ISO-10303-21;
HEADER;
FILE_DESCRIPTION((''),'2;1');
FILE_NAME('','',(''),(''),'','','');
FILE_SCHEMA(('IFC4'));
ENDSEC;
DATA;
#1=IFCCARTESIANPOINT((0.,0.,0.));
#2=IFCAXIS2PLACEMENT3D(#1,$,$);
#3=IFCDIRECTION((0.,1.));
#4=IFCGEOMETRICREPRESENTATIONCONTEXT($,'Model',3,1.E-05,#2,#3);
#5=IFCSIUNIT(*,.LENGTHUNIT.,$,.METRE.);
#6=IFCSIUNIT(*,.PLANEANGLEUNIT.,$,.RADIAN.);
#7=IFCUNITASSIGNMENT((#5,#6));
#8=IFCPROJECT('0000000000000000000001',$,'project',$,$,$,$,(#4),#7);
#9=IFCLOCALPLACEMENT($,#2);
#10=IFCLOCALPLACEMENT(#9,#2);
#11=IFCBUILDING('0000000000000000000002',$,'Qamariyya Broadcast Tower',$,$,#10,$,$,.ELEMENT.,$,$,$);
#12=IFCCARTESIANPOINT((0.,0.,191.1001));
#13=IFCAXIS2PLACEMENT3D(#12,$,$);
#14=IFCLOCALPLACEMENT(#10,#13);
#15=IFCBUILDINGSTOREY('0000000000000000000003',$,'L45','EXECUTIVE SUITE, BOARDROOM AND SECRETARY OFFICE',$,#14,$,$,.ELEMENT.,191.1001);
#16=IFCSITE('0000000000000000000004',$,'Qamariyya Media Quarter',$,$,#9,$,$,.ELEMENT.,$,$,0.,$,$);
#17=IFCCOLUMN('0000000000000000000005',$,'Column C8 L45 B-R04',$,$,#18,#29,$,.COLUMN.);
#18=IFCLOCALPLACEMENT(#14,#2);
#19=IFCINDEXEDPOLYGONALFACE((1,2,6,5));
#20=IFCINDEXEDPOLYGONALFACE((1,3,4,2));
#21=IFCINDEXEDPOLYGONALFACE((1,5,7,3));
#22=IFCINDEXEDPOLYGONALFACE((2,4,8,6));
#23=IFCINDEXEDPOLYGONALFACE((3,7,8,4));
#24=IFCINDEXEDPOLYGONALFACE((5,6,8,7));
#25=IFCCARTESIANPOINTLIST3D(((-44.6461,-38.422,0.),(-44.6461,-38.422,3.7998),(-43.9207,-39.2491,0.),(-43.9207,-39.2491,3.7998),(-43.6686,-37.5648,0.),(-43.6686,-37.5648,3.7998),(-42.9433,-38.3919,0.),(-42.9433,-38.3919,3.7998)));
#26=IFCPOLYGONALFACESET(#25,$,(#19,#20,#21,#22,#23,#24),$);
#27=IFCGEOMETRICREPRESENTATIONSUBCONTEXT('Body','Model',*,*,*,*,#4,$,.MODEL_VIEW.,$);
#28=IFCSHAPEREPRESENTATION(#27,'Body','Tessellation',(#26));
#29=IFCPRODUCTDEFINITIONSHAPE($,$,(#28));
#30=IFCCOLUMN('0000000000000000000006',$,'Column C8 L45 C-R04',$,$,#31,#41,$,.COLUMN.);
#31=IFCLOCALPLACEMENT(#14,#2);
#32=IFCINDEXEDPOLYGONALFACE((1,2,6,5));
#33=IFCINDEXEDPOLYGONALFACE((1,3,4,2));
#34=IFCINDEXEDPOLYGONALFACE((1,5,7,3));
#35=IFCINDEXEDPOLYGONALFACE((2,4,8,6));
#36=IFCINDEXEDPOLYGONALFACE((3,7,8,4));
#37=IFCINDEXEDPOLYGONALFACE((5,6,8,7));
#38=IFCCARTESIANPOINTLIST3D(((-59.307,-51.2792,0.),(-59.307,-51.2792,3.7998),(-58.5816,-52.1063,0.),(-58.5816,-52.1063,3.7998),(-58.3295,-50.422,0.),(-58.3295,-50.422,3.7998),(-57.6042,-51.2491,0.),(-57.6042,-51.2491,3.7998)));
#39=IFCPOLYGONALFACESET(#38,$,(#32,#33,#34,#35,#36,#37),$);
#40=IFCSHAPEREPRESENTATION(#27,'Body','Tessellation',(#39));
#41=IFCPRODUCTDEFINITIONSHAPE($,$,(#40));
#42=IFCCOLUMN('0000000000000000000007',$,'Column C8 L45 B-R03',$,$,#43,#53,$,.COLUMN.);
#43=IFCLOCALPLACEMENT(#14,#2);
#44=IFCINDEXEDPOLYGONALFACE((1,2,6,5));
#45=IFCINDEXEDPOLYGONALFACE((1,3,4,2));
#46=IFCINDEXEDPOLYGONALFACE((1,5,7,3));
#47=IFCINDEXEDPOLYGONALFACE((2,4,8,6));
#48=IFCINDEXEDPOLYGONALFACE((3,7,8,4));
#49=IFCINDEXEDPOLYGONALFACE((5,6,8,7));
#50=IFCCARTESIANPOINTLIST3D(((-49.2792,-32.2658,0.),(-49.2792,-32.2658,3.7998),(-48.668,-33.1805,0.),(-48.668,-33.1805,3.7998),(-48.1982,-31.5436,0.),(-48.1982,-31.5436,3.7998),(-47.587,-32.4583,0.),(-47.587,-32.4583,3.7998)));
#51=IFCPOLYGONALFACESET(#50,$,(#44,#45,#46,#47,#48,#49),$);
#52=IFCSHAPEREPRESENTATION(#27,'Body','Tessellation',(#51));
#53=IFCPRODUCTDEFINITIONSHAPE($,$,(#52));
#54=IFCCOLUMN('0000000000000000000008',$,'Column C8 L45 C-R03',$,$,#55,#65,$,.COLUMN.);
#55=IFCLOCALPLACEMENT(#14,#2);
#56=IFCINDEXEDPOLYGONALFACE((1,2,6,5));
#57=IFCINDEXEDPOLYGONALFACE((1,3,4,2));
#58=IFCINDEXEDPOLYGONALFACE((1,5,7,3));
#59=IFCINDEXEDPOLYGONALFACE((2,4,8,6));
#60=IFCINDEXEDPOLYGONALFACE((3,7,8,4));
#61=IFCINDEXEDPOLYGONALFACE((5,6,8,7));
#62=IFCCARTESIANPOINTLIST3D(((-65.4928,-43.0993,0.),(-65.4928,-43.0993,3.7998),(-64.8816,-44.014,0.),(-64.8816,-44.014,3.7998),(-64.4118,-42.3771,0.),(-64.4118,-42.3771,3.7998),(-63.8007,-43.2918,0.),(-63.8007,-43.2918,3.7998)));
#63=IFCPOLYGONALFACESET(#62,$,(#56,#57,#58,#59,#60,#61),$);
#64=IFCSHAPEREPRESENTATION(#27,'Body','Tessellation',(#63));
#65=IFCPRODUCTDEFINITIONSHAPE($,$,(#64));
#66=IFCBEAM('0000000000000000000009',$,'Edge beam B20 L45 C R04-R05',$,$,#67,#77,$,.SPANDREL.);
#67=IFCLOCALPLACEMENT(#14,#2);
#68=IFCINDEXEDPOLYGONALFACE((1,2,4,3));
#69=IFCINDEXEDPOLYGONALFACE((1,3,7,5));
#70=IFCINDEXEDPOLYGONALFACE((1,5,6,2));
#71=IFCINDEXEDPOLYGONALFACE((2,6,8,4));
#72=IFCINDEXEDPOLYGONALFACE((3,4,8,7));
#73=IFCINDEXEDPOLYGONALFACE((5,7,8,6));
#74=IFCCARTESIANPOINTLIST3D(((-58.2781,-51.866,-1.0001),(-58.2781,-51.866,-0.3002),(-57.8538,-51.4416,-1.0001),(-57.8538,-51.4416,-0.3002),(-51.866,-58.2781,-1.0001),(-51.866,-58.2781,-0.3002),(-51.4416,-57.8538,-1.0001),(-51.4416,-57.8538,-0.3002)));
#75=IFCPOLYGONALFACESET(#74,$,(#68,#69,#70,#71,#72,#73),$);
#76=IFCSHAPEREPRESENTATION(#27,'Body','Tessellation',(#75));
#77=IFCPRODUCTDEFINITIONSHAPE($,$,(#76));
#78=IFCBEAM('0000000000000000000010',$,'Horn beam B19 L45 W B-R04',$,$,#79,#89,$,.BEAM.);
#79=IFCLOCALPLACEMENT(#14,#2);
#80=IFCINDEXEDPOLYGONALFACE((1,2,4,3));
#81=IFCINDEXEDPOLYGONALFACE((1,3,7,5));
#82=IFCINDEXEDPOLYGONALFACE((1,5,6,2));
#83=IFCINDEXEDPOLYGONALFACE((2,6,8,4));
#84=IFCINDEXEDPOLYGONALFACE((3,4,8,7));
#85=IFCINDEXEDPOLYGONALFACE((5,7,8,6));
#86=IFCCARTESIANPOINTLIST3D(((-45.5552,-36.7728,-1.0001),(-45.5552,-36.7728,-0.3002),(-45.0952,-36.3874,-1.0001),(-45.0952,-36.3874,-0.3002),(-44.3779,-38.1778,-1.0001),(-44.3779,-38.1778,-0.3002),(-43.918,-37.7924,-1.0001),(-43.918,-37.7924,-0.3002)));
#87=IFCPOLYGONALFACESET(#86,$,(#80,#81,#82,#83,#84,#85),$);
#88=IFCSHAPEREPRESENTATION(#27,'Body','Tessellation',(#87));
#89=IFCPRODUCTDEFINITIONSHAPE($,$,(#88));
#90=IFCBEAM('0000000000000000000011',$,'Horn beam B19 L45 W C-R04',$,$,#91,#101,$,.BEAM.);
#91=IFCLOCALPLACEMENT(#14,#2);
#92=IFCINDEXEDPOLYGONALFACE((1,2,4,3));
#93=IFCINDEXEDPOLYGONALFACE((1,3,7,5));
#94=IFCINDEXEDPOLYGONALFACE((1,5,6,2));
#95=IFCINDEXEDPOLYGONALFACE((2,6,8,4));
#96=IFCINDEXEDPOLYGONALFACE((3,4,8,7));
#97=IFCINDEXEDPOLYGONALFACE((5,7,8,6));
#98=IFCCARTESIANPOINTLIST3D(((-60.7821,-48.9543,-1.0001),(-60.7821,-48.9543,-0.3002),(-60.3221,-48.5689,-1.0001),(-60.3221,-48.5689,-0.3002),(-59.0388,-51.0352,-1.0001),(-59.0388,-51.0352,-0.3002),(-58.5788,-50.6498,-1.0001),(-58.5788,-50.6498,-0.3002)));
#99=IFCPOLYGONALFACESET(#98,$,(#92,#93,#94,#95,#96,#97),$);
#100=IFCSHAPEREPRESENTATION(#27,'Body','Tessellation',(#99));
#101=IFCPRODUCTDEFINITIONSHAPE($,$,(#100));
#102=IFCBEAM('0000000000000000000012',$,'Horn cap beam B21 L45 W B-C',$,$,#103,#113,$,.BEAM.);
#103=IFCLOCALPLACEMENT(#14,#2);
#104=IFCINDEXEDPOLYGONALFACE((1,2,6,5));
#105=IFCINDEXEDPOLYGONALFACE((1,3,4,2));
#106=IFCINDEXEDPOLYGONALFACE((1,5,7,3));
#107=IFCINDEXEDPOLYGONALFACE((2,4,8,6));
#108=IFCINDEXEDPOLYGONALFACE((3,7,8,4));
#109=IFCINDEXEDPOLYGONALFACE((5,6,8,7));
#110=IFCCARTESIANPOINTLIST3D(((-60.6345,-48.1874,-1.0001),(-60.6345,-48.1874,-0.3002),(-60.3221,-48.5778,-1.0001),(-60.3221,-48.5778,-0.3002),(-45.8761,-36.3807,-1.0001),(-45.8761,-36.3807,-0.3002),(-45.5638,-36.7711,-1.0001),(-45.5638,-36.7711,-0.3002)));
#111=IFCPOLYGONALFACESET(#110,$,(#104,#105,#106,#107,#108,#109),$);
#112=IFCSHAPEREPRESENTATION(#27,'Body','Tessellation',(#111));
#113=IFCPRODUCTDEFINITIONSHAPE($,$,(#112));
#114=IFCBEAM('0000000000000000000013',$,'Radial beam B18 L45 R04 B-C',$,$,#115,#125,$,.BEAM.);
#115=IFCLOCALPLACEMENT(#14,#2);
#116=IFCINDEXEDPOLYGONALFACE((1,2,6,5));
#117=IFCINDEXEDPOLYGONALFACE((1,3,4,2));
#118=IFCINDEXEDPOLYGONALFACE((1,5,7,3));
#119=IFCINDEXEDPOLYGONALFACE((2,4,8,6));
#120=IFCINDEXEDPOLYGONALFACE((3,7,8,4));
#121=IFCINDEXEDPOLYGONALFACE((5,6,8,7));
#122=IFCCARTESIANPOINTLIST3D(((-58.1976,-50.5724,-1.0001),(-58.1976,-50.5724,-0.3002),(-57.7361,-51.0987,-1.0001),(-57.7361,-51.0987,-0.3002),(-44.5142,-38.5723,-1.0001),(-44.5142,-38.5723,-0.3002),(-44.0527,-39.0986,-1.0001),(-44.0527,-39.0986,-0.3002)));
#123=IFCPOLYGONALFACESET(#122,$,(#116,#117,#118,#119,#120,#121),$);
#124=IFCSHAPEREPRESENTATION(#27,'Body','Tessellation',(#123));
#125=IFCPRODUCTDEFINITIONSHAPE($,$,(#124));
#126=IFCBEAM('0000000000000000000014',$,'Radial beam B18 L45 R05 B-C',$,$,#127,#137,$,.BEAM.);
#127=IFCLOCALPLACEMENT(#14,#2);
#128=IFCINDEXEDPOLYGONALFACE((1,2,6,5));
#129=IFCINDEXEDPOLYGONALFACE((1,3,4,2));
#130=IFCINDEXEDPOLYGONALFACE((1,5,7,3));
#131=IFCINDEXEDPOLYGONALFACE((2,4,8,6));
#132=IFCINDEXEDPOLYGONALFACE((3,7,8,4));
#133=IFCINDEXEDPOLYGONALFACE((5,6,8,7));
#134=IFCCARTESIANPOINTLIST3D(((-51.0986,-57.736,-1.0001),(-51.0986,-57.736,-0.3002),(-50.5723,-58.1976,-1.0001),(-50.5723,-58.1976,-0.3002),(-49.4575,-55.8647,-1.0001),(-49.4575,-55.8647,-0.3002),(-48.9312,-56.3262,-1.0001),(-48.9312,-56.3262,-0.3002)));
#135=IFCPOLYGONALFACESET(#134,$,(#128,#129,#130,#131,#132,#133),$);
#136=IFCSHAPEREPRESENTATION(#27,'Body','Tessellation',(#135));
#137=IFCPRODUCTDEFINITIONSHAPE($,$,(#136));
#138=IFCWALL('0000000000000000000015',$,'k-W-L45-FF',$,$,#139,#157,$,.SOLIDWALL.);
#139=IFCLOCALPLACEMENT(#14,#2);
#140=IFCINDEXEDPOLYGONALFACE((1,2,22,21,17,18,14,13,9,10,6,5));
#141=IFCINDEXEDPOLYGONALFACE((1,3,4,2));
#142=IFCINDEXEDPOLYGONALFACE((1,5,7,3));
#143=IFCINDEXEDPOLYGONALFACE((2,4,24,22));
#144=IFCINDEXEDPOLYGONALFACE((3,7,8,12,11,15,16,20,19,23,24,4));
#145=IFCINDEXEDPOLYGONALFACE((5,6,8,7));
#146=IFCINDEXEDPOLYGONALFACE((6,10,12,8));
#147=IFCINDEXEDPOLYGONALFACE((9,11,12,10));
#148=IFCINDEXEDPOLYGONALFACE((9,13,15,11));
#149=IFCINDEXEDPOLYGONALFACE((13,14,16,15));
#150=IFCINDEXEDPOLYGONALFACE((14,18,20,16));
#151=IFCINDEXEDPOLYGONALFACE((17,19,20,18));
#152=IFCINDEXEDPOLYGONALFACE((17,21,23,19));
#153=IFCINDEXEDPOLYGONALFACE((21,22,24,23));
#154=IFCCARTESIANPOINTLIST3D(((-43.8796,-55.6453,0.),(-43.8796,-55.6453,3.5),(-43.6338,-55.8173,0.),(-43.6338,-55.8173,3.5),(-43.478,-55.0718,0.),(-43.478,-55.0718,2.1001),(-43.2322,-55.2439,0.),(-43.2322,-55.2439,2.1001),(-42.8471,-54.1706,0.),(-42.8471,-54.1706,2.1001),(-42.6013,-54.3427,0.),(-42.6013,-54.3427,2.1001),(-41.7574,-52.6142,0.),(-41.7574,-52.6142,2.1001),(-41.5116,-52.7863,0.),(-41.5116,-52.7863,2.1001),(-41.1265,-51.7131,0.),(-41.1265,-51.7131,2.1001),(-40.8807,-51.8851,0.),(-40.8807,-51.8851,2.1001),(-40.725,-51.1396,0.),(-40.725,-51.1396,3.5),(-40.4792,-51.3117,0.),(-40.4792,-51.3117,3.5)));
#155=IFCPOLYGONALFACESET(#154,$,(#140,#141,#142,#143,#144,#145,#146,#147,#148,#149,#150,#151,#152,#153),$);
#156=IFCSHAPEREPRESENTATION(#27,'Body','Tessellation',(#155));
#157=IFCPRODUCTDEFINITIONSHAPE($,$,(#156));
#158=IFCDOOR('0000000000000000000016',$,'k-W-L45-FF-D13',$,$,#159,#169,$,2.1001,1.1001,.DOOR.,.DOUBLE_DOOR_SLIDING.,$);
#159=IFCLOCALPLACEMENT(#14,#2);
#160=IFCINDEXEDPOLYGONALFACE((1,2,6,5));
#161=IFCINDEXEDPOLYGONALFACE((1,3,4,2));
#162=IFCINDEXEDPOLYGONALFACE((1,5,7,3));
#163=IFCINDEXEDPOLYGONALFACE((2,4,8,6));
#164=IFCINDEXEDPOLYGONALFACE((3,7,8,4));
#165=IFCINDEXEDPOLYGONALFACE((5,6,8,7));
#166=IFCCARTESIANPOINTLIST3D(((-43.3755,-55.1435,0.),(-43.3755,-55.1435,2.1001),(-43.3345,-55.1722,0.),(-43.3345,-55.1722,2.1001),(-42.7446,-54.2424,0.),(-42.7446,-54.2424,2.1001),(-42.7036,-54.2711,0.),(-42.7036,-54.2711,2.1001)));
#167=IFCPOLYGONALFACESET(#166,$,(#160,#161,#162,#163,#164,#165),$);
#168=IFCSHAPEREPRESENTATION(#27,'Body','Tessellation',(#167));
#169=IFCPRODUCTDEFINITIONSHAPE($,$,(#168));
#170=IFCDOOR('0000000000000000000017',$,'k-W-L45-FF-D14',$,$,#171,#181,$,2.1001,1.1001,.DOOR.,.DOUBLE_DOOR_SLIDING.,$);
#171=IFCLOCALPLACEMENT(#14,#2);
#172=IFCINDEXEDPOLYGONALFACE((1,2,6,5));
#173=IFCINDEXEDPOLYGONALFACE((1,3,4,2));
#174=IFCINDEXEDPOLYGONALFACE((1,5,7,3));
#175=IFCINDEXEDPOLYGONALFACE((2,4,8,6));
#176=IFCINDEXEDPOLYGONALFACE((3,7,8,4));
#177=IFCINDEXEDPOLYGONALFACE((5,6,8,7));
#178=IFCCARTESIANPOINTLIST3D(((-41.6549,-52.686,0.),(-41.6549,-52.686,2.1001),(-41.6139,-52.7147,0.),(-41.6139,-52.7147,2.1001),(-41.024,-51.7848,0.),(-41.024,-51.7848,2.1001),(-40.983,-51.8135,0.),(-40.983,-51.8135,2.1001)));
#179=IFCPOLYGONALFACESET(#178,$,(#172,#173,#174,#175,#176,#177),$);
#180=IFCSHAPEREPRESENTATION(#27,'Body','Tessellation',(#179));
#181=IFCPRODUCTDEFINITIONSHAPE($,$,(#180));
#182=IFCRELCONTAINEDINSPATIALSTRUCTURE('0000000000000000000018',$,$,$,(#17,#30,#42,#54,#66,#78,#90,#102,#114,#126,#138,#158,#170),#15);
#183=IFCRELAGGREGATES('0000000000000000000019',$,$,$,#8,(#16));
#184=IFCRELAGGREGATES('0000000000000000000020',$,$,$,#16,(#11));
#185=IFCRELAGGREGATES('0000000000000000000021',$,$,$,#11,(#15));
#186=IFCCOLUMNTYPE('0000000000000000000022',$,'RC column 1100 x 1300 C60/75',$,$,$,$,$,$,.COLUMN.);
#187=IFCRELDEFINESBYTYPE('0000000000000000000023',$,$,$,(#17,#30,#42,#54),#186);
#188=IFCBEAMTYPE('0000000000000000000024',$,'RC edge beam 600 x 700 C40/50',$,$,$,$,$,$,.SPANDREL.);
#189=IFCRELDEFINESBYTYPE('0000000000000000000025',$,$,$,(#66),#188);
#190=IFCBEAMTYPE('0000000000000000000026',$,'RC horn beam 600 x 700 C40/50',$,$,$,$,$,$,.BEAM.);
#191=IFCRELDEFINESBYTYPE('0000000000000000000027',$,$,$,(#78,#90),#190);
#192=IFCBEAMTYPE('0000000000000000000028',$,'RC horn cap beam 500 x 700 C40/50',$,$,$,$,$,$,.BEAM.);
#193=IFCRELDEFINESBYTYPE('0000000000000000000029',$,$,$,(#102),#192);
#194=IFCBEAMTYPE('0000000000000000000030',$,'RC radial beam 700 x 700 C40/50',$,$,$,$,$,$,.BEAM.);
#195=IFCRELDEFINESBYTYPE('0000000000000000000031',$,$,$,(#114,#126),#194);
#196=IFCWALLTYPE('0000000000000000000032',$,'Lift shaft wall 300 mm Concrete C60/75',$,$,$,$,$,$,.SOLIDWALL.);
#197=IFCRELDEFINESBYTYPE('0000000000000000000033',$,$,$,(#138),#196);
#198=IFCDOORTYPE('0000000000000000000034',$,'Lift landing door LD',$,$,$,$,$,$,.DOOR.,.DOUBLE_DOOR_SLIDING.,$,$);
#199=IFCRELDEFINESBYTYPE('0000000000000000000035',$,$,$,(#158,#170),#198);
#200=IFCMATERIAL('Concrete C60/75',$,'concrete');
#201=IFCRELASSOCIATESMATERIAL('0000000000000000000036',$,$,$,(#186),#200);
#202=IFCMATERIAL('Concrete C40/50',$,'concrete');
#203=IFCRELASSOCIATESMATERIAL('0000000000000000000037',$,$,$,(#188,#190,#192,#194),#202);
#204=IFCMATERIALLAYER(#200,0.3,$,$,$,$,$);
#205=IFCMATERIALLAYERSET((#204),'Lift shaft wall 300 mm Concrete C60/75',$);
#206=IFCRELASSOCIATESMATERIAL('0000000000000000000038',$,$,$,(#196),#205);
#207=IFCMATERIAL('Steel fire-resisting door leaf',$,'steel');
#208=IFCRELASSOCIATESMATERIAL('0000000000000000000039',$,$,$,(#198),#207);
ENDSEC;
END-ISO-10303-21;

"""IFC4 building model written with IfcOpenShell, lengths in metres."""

from ifc_helpers import new_model, si_unit, direction, frame, frame_2d, origin, origin_2d, place, context, subcontext, project, spatial, rectangle, extrude, material, layer, layer_set, material_profile, profile_set, type_object, element, fill, save


model = new_model("IFC4")

# Units and contexts
model_context = context("Model", 3, precision=1e-05, world=origin(), true_north=direction((0.0, 1.0)))
body_context = subcontext(model_context, "Body", "Model", "MODEL_VIEW")
ifc_project = project(units=[si_unit("LENGTHUNIT", "METRE"), si_unit("PLANEANGLEUNIT", "RADIAN")], contexts=[model_context])

# Site, building, storey
site_placement = place(None, origin())
site = spatial("IfcSite", under=ifc_project, at=site_placement, Name="Qamariyya Media Quarter", CompositionType="ELEMENT", RefElevation=0.0)
building_placement = place(site_placement, origin())
building = spatial("IfcBuilding", under=site, at=building_placement, Name="Qamariyya Broadcast Tower", CompositionType="ELEMENT")
storey_placement = place(building_placement, frame((0.0, 0.0, 191.1001)))
storey = spatial("IfcBuildingStorey", under=building, at=storey_placement, Name="L45", Description="EXECUTIVE SUITE, BOARDROOM AND SECRETARY OFFICE", CompositionType="ELEMENT", Elevation=191.1001)

# Columns
ifc_material_1 = material(Name="Concrete C60/75", Category="concrete")
ifc_material_profile_1 = material_profile(ifc_material_1, rectangle(XDim=1.1001, YDim=1.3, at=origin_2d()))
ifc_profile_set_1 = profile_set([ifc_material_profile_1], Name="Concrete C60/75")
column_type = type_object("IfcColumnType", Name="RC column 1100 x 1300 C60/75", PredefinedType="COLUMN", material=ifc_profile_set_1)
for number, where, z_axis, x_axis, name in (
    (1, (-43.7947, -38.407, 0.0), (0.0, 0.0, 1.0), (0.659346, -0.75184, 0.0), "Column C8 L45 B-R04"),
    (2, (-58.4556, -51.2642, 0.0), (0.0, 0.0, 1.0), (0.659346, -0.75184, 0.0), "Column C8 L45 C-R04"),
    (3, (-48.4331, -32.3621, 0.0), (0.0, 0.0, 1.0), (0.55557, -0.83147, 0.0), "Column C8 L45 B-R03"),
    (4, (-64.6467, -43.1956, 0.0), (0.0, 0.0, 1.0), (0.55557, -0.83147, 0.0), "Column C8 L45 C-R03"),
):
    element("IfcColumn", number, at=place(storey_placement, frame(where, z_axis=z_axis, x_axis=x_axis)), inside=storey, type_object=column_type, Name=name, PredefinedType="COLUMN", context=body_context, shape_type="SweptSolid", body=[
        extrude(rectangle(XDim=1.1001, YDim=1.3, at=origin_2d()), origin(), (0.0, 0.0, 1.0), 3.7998),
    ])

# Beams
ifc_material_2 = material(Name="Concrete C40/50", Category="concrete")
ifc_material_profile_2 = material_profile(ifc_material_2, rectangle(XDim=0.6001, YDim=0.7, at=origin_2d()))
ifc_profile_set_2 = profile_set([ifc_material_profile_2], Name="Concrete C40/50")
beam_type_1 = type_object("IfcBeamType", Name="RC edge beam 600 x 700 C40/50", PredefinedType="SPANDREL", material=ifc_profile_set_2)
beam_1_placement = place(storey_placement, frame((-58.0659, -51.6538, -0.6501), z_axis=(0.707107, -0.707107, 0.0), x_axis=(0.707107, 0.707107, 0.0)))
element("IfcBeam", 5, at=beam_1_placement, inside=storey, type_object=beam_type_1, Name="Edge beam B20 L45 C R04-R05", PredefinedType="SPANDREL", context=body_context, shape_type="SweptSolid", body=[
    extrude(rectangle(XDim=0.6001, YDim=0.7, at=origin_2d()), origin(), (0.0, 0.0, 1.0), 9.0681),
])
ifc_material_profile_3 = material_profile(ifc_material_2, rectangle(XDim=0.6001, YDim=0.7, at=origin_2d()))
ifc_profile_set_3 = profile_set([ifc_material_profile_3], Name="Concrete C40/50")
beam_type_2 = type_object("IfcBeamType", Name="RC horn beam 600 x 700 C40/50", PredefinedType="BEAM", material=ifc_profile_set_3)
beam_2_placement = place(storey_placement, frame((-44.1479, -37.9851, -0.6501), z_axis=(-0.642239, 0.766505, 0.0), x_axis=(-0.766505, -0.642239, 0.0)))
element("IfcBeam", 6, at=beam_2_placement, inside=storey, type_object=beam_type_2, Name="Horn beam B19 L45 W B-R04", PredefinedType="BEAM", context=body_context, shape_type="SweptSolid", body=[
    extrude(rectangle(XDim=0.6001, YDim=0.7, at=origin_2d()), origin(), (0.0, 0.0, 1.0), 1.833),
])
beam_3_placement = place(storey_placement, frame((-58.8088, -50.8425, -0.6501), z_axis=(-0.642173, 0.76656, 0.0), x_axis=(-0.76656, -0.642173, 0.0)))
element("IfcBeam", 7, at=beam_3_placement, inside=storey, type_object=beam_type_2, Name="Horn beam B19 L45 W C-R04", PredefinedType="BEAM", context=body_context, shape_type="SweptSolid", body=[
    extrude(rectangle(XDim=0.6001, YDim=0.7, at=origin_2d()), origin(), (0.0, 0.0, 1.0), 2.7146),
])
ifc_material_profile_4 = material_profile(ifc_material_2, rectangle(XDim=0.5, YDim=0.7, at=origin_2d()))
ifc_profile_set_4 = profile_set([ifc_material_profile_4], Name="Concrete C40/50")
beam_type_3 = type_object("IfcBeamType", Name="RC horn cap beam 500 x 700 C40/50", PredefinedType="BEAM", material=ifc_profile_set_4)
beam_4_placement = place(storey_placement, frame((-45.72, -36.5759, -0.6501), z_axis=(-0.780869, -0.624695, 0.0), x_axis=(0.624695, -0.780869, 0.0)))
element("IfcBeam", 8, at=beam_4_placement, inside=storey, type_object=beam_type_3, Name="Horn cap beam B21 L45 W B-C", PredefinedType="BEAM", context=body_context, shape_type="SweptSolid", body=[
    extrude(rectangle(XDim=0.5, YDim=0.7, at=origin_2d()), origin(), (0.0, 0.0, 1.0), 18.8999),
])
ifc_material_profile_5 = material_profile(ifc_material_2, rectangle(XDim=0.7, YDim=0.7, at=origin_2d()))
ifc_profile_set_5 = profile_set([ifc_material_profile_5], Name="Concrete C40/50")
beam_type_4 = type_object("IfcBeamType", Name="RC radial beam 700 x 700 C40/50", PredefinedType="BEAM", material=ifc_profile_set_5)
beam_5_placement = place(storey_placement, frame((-44.2834, -38.8354, -0.6501), z_axis=(-0.751839, -0.659347, 0.0), x_axis=(0.659347, -0.751839, 0.0)))
element("IfcBeam", 9, at=beam_5_placement, inside=storey, type_object=beam_type_4, Name="Radial beam B18 L45 R04 B-C", PredefinedType="BEAM", context=body_context, shape_type="SweptSolid", body=[
    extrude(rectangle(XDim=0.7, YDim=0.7, at=origin_2d()), origin(), (0.0, 0.0, 1.0), 18.2),
])
beam_6_placement = place(storey_placement, frame((-49.1943, -56.0955, -0.6501), z_axis=(-0.659344, -0.751841, 0.0), x_axis=(0.751841, -0.659344, 0.0)))
element("IfcBeam", 10, at=beam_6_placement, inside=storey, type_object=beam_type_4, Name="Radial beam B18 L45 R05 B-C", PredefinedType="BEAM", context=body_context, shape_type="SweptSolid", body=[
    extrude(rectangle(XDim=0.7, YDim=0.7, at=origin_2d()), origin(), (0.0, 0.0, 1.0), 2.489),
])

# Wall, openings, doors
ifc_layer_1 = layer(ifc_material_1, 0.3)
ifc_layer_set_1 = layer_set([ifc_layer_1], Name="Lift shaft wall 300 mm Concrete C60/75")
wall_type_1 = type_object("IfcWallType", Name="Lift shaft wall 300 mm Concrete C60/75", PredefinedType="SOLIDWALL", material=ifc_layer_set_1)
wall_1_placement = place(storey_placement, frame((-43.7566, -55.7312, 0.0), z_axis=(0.0, 0.0, 1.0), x_axis=(0.573537, 0.81918, 0.0)))
wall_1 = element("IfcWall", 11, at=wall_1_placement, inside=storey, type_object=wall_type_1, Name="k-W-L45-FF", PredefinedType="SOLIDWALL", context=body_context, shape_type="SweptSolid", body=[
    extrude(rectangle(XDim=5.5002, YDim=0.3, at=frame_2d((2.75, 0.0))), origin(), (0.0, 0.0, 1.0), 3.5),
])
opening_1_placement = place(wall_1_placement, frame((0.7, 0.0, 0.0)))
opening_1 = element("IfcOpeningElement", 12, at=opening_1_placement, cuts=wall_1, PredefinedType="OPENING", context=body_context, shape_type="SweptSolid", body=[
    extrude(rectangle(XDim=1.1001, YDim=2.1001, at=frame_2d((0.55, 1.05))), frame((0.0, 0.1599, 0.0), z_axis=(0.0, -1.0, 0.0), x_axis=(1.0, 0.0, 0.0)), (0.0, 0.0, 1.0), 0.3201),
])
opening_2_placement = place(wall_1_placement, frame((3.7, 0.0, 0.0)))
opening_2 = element("IfcOpeningElement", 13, at=opening_2_placement, cuts=wall_1, PredefinedType="OPENING", context=body_context, shape_type="SweptSolid", body=[
    extrude(rectangle(XDim=1.1001, YDim=2.1001, at=frame_2d((0.55, 1.05))), frame((0.0, 0.1599, 0.0), z_axis=(0.0, -1.0, 0.0), x_axis=(1.0, 0.0, 0.0)), (0.0, 0.0, 1.0), 0.3201),
])
ifc_material_3 = material(Name="Steel fire-resisting door leaf", Category="steel")
door_type = type_object("IfcDoorType", Name="Lift landing door LD", OperationType="DOUBLE_DOOR_SLIDING", PredefinedType="DOOR", material=ifc_material_3)
door_1_placement = place(opening_1_placement, origin())
door_1 = element("IfcDoor", 14, at=door_1_placement, inside=storey, type_object=door_type, Name="k-W-L45-FF-D13", OperationType="DOUBLE_DOOR_SLIDING", OverallHeight=2.1001, OverallWidth=1.1001, PredefinedType="DOOR", context=body_context, shape_type="SweptSolid", body=[
    extrude(rectangle(XDim=1.1001, YDim=2.1001, at=frame_2d((0.55, 1.05))), frame((0.0, 0.0249, 0.0), z_axis=(0.0, -1.0, 0.0), x_axis=(1.0, 0.0, 0.0)), (0.0, 0.0, 1.0), 0.05),
])
fill(opening_1, door_1)
door_2_placement = place(opening_2_placement, origin())
door_2 = element("IfcDoor", 15, at=door_2_placement, inside=storey, type_object=door_type, Name="k-W-L45-FF-D14", OperationType="DOUBLE_DOOR_SLIDING", OverallHeight=2.1001, OverallWidth=1.1001, PredefinedType="DOOR", context=body_context, shape_type="SweptSolid", body=[
    extrude(rectangle(XDim=1.1001, YDim=2.1001, at=frame_2d((0.55, 1.05))), frame((0.0, 0.0249, 0.0), z_axis=(0.0, -1.0, 0.0), x_axis=(1.0, 0.0, 0.0)), (0.0, 0.0, 1.0), 0.05),
])
fill(opening_2, door_2)

save(model, "model.ifc")
